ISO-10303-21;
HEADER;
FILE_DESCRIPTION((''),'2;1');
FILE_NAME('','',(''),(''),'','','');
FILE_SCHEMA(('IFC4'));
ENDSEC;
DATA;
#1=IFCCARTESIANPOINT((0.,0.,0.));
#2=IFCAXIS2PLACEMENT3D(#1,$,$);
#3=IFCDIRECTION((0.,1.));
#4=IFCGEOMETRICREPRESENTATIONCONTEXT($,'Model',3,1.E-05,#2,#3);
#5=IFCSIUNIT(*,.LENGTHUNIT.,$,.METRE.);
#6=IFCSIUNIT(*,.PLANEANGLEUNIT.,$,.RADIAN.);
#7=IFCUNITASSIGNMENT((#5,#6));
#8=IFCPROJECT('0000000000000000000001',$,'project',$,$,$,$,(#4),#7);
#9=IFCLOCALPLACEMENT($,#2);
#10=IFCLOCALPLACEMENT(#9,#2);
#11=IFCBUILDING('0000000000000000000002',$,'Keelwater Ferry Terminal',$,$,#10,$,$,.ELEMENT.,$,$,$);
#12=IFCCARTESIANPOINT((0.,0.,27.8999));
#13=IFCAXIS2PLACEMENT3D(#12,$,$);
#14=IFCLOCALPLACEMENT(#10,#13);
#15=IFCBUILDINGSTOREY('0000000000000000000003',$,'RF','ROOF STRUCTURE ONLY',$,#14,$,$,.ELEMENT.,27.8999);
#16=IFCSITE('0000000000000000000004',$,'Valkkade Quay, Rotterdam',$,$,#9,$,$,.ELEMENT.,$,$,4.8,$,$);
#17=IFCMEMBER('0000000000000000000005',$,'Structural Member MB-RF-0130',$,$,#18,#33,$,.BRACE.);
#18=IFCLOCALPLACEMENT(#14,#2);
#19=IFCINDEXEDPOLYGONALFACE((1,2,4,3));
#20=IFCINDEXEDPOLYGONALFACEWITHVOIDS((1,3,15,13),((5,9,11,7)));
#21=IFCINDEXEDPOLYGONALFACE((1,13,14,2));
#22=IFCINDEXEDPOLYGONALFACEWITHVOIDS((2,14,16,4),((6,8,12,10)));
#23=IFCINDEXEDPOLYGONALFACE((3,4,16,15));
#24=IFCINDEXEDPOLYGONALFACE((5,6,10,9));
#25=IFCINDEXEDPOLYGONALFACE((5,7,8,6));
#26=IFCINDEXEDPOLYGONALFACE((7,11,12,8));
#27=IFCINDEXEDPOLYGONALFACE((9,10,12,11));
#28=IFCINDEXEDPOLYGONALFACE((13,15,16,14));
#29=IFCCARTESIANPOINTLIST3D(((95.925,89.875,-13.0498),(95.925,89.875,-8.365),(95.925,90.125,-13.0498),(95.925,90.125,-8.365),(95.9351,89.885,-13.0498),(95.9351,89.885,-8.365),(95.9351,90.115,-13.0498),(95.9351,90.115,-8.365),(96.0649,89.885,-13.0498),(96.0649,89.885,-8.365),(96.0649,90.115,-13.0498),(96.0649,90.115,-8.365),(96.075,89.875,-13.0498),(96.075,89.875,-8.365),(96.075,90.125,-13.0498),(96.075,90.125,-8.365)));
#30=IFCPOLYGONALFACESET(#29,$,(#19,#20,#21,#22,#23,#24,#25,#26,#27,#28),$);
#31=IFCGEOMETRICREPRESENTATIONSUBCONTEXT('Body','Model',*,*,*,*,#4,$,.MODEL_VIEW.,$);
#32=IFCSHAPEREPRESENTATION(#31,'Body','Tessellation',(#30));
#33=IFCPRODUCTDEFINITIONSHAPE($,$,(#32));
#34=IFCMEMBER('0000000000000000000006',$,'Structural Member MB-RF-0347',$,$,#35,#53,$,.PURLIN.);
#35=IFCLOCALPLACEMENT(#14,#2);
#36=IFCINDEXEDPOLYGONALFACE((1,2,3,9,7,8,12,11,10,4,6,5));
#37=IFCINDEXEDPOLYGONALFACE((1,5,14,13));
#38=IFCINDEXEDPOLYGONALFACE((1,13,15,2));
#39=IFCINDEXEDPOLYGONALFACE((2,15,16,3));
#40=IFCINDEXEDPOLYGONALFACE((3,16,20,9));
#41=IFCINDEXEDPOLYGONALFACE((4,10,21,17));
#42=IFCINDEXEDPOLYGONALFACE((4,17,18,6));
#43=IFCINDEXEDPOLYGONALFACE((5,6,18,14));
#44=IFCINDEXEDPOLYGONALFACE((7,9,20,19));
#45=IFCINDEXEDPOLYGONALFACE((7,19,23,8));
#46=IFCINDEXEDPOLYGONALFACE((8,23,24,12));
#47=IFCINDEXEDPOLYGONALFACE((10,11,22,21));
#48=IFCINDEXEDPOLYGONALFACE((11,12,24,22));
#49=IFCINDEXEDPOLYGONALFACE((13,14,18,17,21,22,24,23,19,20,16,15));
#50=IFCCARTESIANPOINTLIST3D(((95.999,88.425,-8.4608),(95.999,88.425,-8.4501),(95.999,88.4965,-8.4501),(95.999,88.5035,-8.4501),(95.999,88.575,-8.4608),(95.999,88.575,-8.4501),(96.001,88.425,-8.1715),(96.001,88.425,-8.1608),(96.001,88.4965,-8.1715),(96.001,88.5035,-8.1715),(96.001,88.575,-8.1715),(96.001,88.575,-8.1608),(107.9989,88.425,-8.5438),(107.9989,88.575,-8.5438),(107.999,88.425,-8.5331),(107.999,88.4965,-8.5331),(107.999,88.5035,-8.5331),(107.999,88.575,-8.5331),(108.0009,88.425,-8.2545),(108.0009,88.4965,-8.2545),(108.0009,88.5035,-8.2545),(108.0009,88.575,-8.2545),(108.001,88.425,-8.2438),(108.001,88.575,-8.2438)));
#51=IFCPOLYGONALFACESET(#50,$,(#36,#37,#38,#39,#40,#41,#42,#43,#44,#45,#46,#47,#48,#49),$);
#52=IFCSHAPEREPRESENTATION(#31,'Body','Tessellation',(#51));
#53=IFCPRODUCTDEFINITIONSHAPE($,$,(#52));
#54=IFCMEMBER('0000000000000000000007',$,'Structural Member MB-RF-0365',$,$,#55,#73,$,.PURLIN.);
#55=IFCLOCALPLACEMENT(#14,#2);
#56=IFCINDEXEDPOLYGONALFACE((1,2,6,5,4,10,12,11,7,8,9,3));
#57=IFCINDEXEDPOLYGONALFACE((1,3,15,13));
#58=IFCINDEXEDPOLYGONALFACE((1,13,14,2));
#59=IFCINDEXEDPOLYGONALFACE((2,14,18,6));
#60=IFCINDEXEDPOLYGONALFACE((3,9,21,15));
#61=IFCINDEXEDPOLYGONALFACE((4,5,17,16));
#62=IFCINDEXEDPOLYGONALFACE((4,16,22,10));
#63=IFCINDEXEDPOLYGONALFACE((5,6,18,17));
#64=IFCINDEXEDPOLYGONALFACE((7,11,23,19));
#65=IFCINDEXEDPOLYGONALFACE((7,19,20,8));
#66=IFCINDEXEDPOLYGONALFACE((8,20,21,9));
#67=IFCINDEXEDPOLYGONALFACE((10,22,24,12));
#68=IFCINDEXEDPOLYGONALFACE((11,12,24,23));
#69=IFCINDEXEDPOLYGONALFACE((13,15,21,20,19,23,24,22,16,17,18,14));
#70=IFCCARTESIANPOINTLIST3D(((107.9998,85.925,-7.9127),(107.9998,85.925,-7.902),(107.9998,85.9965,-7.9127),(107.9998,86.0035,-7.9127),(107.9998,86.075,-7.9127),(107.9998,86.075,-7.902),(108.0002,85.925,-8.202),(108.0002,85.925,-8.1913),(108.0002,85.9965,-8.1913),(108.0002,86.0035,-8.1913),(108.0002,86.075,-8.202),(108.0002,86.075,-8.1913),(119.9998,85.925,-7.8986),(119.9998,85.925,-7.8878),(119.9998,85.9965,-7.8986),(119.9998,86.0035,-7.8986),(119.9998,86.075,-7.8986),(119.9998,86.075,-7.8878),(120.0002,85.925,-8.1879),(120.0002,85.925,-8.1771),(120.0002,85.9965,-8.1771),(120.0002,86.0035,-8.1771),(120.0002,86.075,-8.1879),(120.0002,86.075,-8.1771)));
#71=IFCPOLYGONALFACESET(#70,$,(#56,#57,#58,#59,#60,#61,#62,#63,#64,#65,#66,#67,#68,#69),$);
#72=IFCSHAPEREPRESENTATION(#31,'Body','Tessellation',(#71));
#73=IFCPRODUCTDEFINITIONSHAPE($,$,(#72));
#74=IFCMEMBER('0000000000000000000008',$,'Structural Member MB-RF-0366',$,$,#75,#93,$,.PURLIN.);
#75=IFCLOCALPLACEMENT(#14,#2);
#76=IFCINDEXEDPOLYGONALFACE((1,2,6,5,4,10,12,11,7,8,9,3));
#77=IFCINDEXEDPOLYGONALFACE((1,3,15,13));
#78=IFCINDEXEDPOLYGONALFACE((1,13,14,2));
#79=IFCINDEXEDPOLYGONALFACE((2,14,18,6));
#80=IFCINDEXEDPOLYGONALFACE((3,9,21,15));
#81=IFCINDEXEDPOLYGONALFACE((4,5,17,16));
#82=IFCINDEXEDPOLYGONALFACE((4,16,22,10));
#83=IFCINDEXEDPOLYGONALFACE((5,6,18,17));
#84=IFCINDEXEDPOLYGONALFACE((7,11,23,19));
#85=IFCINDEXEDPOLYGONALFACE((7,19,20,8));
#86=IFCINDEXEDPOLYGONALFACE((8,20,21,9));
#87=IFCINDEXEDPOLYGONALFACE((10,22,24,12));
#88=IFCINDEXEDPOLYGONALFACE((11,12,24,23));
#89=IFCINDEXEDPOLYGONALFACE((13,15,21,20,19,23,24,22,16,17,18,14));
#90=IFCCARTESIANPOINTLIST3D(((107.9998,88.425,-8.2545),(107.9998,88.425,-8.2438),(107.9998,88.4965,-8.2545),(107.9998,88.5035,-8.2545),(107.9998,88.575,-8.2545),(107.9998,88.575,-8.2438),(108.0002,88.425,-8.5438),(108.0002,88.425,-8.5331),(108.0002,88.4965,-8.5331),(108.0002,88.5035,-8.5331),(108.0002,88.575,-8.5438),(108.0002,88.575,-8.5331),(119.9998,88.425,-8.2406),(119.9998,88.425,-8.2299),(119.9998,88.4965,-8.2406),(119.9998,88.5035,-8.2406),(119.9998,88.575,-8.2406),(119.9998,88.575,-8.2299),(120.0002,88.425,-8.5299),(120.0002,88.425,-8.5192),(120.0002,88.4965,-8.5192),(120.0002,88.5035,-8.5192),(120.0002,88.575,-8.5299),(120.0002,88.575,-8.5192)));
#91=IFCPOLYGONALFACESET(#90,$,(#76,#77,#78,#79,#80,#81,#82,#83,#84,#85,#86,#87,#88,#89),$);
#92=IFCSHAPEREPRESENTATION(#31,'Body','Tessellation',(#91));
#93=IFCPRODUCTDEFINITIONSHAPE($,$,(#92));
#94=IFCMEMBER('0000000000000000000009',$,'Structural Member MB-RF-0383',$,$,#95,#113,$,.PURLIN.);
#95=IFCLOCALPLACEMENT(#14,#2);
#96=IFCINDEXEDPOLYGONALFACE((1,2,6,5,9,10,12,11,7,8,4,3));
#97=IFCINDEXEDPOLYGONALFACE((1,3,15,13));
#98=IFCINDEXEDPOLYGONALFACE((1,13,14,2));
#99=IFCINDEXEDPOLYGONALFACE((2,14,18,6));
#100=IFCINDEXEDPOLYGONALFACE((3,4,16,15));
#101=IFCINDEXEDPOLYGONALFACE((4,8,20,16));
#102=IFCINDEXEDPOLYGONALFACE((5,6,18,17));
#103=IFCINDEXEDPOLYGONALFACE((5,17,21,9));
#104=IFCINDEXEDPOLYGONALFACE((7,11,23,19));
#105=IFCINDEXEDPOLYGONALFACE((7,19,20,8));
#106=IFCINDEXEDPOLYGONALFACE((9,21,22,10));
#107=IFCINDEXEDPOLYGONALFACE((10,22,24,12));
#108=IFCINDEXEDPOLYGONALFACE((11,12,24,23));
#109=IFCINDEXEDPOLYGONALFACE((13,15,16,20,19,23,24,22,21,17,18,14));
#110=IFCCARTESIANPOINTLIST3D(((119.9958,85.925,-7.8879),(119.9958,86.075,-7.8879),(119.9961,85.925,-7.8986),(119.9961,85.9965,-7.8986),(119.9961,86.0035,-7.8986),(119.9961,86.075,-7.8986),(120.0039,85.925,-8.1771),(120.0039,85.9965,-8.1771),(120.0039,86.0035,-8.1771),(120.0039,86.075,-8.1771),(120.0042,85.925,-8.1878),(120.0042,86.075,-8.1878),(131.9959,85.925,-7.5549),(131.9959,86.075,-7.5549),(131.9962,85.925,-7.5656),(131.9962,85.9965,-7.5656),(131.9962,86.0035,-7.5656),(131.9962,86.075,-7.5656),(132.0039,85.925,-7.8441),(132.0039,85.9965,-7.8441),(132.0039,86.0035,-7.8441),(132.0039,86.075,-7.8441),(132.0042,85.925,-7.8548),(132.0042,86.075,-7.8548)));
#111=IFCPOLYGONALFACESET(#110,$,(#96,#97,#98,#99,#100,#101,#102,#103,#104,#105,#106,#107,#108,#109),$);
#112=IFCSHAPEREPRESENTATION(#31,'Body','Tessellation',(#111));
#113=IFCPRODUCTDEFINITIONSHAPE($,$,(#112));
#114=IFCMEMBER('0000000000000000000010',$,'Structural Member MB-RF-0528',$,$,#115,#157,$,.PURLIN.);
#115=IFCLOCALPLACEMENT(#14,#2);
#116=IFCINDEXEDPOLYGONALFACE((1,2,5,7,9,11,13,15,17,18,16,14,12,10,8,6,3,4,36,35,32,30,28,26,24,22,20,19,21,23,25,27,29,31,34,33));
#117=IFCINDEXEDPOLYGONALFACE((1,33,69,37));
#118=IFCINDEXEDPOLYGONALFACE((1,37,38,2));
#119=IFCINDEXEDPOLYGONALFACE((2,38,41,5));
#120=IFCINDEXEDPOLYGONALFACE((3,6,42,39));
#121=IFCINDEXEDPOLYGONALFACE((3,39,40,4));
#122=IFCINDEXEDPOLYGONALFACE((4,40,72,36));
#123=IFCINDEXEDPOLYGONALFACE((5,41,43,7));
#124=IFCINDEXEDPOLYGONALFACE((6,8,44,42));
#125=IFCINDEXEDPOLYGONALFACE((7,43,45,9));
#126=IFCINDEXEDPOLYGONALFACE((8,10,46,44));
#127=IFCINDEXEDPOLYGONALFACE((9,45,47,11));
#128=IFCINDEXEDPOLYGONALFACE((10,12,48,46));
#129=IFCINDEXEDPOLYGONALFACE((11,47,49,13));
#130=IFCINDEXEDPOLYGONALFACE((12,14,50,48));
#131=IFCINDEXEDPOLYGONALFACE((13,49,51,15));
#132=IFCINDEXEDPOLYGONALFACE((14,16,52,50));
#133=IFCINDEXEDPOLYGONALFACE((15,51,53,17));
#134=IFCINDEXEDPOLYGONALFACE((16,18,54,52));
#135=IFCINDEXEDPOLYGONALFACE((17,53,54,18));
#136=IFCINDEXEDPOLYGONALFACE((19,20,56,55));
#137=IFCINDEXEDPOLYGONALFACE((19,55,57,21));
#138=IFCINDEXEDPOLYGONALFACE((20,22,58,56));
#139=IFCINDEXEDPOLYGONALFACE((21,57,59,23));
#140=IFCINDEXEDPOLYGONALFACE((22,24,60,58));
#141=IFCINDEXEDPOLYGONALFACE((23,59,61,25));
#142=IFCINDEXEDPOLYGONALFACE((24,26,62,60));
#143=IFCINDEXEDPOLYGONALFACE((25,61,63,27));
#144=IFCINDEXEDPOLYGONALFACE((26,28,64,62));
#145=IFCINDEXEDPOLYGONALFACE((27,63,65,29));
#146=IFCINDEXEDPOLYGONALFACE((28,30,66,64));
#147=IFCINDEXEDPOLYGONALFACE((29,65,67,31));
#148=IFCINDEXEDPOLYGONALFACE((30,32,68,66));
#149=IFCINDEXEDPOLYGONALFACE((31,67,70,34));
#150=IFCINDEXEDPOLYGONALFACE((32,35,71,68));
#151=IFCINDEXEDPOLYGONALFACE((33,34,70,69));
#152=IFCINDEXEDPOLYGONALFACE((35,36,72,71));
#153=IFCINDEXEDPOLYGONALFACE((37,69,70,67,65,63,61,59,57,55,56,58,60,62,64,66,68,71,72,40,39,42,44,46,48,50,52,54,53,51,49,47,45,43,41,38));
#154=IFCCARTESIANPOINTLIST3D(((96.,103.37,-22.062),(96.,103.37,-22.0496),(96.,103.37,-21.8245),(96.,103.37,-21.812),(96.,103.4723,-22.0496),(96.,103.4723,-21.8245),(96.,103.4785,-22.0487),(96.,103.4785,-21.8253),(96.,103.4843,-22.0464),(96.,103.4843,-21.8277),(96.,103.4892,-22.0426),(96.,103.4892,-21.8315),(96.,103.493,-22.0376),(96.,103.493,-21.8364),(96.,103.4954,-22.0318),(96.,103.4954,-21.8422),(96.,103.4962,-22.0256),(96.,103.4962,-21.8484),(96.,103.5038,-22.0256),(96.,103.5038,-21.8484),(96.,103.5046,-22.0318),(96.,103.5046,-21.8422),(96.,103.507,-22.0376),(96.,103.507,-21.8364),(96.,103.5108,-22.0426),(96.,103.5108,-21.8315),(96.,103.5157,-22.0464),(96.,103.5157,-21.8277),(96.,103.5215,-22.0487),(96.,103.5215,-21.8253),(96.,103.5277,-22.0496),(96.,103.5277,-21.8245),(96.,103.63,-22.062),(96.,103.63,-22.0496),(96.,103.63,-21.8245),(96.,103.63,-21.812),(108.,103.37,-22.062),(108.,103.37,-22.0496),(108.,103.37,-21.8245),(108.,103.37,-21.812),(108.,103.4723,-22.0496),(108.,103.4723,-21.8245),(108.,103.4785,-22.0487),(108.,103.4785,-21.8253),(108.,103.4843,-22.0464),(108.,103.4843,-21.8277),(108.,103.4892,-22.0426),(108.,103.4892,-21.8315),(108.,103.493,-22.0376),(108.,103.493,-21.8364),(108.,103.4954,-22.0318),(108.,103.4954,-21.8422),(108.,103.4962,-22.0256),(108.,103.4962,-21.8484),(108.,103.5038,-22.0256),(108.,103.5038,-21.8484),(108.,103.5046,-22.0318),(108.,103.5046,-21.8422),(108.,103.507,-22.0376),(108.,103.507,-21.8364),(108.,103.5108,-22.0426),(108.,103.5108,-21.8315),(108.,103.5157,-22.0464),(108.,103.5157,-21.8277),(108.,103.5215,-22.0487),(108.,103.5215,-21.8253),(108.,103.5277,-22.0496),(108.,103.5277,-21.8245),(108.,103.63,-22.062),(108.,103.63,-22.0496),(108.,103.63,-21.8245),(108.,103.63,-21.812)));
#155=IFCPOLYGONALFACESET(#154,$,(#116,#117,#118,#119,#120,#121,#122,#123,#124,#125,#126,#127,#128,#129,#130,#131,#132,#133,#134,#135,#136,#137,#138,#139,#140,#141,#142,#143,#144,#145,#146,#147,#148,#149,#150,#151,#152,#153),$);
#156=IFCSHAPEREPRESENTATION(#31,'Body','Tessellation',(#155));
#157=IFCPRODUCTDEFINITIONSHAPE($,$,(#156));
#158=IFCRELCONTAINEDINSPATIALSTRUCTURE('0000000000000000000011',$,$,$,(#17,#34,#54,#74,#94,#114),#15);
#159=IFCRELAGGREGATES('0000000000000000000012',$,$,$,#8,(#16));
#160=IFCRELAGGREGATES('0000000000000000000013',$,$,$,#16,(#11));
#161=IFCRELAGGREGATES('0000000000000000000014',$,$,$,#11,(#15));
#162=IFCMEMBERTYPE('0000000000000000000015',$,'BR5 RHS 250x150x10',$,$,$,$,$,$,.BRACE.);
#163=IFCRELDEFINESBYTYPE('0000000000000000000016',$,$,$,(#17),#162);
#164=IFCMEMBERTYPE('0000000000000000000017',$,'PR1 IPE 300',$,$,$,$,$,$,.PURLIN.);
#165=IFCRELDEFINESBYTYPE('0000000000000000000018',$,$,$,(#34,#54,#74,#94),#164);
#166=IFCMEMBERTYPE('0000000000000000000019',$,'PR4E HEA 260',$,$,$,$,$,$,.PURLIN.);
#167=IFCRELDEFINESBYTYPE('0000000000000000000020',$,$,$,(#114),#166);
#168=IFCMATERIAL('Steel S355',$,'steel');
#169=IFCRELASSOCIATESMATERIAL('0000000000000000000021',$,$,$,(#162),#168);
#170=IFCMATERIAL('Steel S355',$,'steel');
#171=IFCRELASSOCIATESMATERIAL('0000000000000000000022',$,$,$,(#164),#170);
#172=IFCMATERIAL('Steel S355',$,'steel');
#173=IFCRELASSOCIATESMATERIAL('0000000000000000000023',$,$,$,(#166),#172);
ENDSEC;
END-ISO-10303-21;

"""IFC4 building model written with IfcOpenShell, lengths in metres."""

from ifc_helpers import new_model, si_unit, direction, frame, origin, origin_2d, place, context, subcontext, project, spatial, hollow_rectangle, i_section, extrude, material, material_profile, profile_set, type_object, element, save


model = new_model("IFC4")

# Units and contexts
model_context = context("Model", 3, precision=1e-05, world=origin(), true_north=direction((0.0, 1.0)))
body_context = subcontext(model_context, "Body", "Model", "MODEL_VIEW")
ifc_project = project(units=[si_unit("LENGTHUNIT", "METRE"), si_unit("PLANEANGLEUNIT", "RADIAN")], contexts=[model_context])

# Site, building, storey
site_placement = place(None, origin())
site = spatial("IfcSite", under=ifc_project, at=site_placement, Name="Valkkade Quay, Rotterdam", CompositionType="ELEMENT", RefElevation=4.8)
building_placement = place(site_placement, origin())
building = spatial("IfcBuilding", under=site, at=building_placement, Name="Keelwater Ferry Terminal", CompositionType="ELEMENT")
storey_placement = place(building_placement, frame((0.0, 0.0, 27.8999)))
storey = spatial("IfcBuildingStorey", under=building, at=storey_placement, Name="RF", Description="ROOF STRUCTURE ONLY", CompositionType="ELEMENT", Elevation=27.8999)

# Members
ifc_material_1 = material(Name="Steel S355", Category="steel")
ifc_material_profile_1 = material_profile(ifc_material_1, hollow_rectangle(XDim=0.1499, YDim=0.25, WallThickness=0.01, at=origin_2d()), Name="RHS 250x150x10")
ifc_profile_set_1 = profile_set([ifc_material_profile_1], Name="Steel S355")
member_type_1 = type_object("IfcMemberType", Name="BR5 RHS 250x150x10", PredefinedType="BRACE", material=ifc_profile_set_1)
member_1_placement = place(storey_placement, frame((96.0, 90.0, -13.0498), z_axis=(0.0, 0.0, 1.0), x_axis=(1.0, 0.0, 0.0)))
element("IfcMember", 1, at=member_1_placement, inside=storey, type_object=member_type_1, Name="Structural Member MB-RF-0130", PredefinedType="BRACE", context=body_context, shape_type="SweptSolid", body=[
    extrude(hollow_rectangle(XDim=0.1499, YDim=0.25, WallThickness=0.01, at=origin_2d()), origin(), (0.0, 0.0, 1.0), 4.6848),
])
ifc_material_2 = material(Name="Steel S355", Category="steel")
ifc_material_profile_2 = material_profile(ifc_material_2, i_section(OverallWidth=0.1499, OverallDepth=0.3, WebThickness=0.0071, FlangeThickness=0.0107, at=origin_2d()), Name="IPE 300")
ifc_profile_set_2 = profile_set([ifc_material_profile_2], Name="Steel S355")
member_type_2 = type_object("IfcMemberType", Name="PR1 IPE 300", PredefinedType="PURLIN", material=ifc_profile_set_2)
member_2_placement = place(storey_placement, frame((96.0, 88.5, -8.3108), z_axis=(0.999976, 0.0, -0.006917), x_axis=(0.0, 1.0, 0.0)))
element("IfcMember", 2, at=member_2_placement, inside=storey, type_object=member_type_2, Name="Structural Member MB-RF-0347", PredefinedType="PURLIN", context=body_context, shape_type="SweptSolid", body=[
    extrude(i_section(OverallWidth=0.1499, OverallDepth=0.3, WebThickness=0.0071, FlangeThickness=0.0107, at=origin_2d()), origin(), (0.0, 0.0, 1.0), 12.0002),
])
for number, where, z_axis, x_axis, name in (
    (3, (108.0, 86.0, -8.052), (0.999999, 0.0, 0.00118), (0.0, 1.0, 0.0), "Structural Member MB-RF-0365"),
    (4, (108.0, 88.5, -8.3938), (0.999999, 0.0, 0.00116), (0.0, 1.0, 0.0), "Structural Member MB-RF-0366"),
):
    element("IfcMember", number, at=place(storey_placement, frame(where, z_axis=z_axis, x_axis=x_axis)), inside=storey, type_object=member_type_2, Name=name, PredefinedType="PURLIN", context=body_context, shape_type="SweptSolid", body=[
        extrude(i_section(OverallWidth=0.1499, OverallDepth=0.3, WebThickness=0.0071, FlangeThickness=0.0107, at=origin_2d()), origin(), (0.0, 0.0, 1.0), 12.0),
    ])
member_3_placement = place(storey_placement, frame((120.0, 86.0, -8.0378), z_axis=(0.999615, 0.0, 0.02774), x_axis=(0.0, 1.0, 0.0)))
element("IfcMember", 5, at=member_3_placement, inside=storey, type_object=member_type_2, Name="Structural Member MB-RF-0383", PredefinedType="PURLIN", context=body_context, shape_type="SweptSolid", body=[
    extrude(i_section(OverallWidth=0.1499, OverallDepth=0.3, WebThickness=0.0071, FlangeThickness=0.0107, at=origin_2d()), origin(), (0.0, 0.0, 1.0), 12.0046),
])
ifc_material_3 = material(Name="Steel S355", Category="steel")
ifc_material_profile_3 = material_profile(ifc_material_3, i_section(OverallWidth=0.26, OverallDepth=0.25, WebThickness=0.0076, FlangeThickness=0.0125, FilletRadius=0.0239, at=origin_2d()), Name="HEA 260")
ifc_profile_set_3 = profile_set([ifc_material_profile_3], Name="Steel S355")
member_type_3 = type_object("IfcMemberType", Name="PR4E HEA 260", PredefinedType="PURLIN", material=ifc_profile_set_3)
for number, where, z_axis, x_axis, name in (
    (6, (96.0, 103.5, -21.937), (1.0, 0.0, 0.0), (0.0, 1.0, 0.0), "Structural Member MB-RF-0528"),
):
    element("IfcMember", number, at=place(storey_placement, frame(where, z_axis=z_axis, x_axis=x_axis)), inside=storey, type_object=member_type_3, Name=name, PredefinedType="PURLIN", context=body_context, shape_type="SweptSolid", body=[
        extrude(i_section(OverallWidth=0.26, OverallDepth=0.25, WebThickness=0.0076, FlangeThickness=0.0125, FilletRadius=0.0239, at=origin_2d()), origin(), (0.0, 0.0, 1.0), 12.0),
    ])

save(model, "model.ifc")
